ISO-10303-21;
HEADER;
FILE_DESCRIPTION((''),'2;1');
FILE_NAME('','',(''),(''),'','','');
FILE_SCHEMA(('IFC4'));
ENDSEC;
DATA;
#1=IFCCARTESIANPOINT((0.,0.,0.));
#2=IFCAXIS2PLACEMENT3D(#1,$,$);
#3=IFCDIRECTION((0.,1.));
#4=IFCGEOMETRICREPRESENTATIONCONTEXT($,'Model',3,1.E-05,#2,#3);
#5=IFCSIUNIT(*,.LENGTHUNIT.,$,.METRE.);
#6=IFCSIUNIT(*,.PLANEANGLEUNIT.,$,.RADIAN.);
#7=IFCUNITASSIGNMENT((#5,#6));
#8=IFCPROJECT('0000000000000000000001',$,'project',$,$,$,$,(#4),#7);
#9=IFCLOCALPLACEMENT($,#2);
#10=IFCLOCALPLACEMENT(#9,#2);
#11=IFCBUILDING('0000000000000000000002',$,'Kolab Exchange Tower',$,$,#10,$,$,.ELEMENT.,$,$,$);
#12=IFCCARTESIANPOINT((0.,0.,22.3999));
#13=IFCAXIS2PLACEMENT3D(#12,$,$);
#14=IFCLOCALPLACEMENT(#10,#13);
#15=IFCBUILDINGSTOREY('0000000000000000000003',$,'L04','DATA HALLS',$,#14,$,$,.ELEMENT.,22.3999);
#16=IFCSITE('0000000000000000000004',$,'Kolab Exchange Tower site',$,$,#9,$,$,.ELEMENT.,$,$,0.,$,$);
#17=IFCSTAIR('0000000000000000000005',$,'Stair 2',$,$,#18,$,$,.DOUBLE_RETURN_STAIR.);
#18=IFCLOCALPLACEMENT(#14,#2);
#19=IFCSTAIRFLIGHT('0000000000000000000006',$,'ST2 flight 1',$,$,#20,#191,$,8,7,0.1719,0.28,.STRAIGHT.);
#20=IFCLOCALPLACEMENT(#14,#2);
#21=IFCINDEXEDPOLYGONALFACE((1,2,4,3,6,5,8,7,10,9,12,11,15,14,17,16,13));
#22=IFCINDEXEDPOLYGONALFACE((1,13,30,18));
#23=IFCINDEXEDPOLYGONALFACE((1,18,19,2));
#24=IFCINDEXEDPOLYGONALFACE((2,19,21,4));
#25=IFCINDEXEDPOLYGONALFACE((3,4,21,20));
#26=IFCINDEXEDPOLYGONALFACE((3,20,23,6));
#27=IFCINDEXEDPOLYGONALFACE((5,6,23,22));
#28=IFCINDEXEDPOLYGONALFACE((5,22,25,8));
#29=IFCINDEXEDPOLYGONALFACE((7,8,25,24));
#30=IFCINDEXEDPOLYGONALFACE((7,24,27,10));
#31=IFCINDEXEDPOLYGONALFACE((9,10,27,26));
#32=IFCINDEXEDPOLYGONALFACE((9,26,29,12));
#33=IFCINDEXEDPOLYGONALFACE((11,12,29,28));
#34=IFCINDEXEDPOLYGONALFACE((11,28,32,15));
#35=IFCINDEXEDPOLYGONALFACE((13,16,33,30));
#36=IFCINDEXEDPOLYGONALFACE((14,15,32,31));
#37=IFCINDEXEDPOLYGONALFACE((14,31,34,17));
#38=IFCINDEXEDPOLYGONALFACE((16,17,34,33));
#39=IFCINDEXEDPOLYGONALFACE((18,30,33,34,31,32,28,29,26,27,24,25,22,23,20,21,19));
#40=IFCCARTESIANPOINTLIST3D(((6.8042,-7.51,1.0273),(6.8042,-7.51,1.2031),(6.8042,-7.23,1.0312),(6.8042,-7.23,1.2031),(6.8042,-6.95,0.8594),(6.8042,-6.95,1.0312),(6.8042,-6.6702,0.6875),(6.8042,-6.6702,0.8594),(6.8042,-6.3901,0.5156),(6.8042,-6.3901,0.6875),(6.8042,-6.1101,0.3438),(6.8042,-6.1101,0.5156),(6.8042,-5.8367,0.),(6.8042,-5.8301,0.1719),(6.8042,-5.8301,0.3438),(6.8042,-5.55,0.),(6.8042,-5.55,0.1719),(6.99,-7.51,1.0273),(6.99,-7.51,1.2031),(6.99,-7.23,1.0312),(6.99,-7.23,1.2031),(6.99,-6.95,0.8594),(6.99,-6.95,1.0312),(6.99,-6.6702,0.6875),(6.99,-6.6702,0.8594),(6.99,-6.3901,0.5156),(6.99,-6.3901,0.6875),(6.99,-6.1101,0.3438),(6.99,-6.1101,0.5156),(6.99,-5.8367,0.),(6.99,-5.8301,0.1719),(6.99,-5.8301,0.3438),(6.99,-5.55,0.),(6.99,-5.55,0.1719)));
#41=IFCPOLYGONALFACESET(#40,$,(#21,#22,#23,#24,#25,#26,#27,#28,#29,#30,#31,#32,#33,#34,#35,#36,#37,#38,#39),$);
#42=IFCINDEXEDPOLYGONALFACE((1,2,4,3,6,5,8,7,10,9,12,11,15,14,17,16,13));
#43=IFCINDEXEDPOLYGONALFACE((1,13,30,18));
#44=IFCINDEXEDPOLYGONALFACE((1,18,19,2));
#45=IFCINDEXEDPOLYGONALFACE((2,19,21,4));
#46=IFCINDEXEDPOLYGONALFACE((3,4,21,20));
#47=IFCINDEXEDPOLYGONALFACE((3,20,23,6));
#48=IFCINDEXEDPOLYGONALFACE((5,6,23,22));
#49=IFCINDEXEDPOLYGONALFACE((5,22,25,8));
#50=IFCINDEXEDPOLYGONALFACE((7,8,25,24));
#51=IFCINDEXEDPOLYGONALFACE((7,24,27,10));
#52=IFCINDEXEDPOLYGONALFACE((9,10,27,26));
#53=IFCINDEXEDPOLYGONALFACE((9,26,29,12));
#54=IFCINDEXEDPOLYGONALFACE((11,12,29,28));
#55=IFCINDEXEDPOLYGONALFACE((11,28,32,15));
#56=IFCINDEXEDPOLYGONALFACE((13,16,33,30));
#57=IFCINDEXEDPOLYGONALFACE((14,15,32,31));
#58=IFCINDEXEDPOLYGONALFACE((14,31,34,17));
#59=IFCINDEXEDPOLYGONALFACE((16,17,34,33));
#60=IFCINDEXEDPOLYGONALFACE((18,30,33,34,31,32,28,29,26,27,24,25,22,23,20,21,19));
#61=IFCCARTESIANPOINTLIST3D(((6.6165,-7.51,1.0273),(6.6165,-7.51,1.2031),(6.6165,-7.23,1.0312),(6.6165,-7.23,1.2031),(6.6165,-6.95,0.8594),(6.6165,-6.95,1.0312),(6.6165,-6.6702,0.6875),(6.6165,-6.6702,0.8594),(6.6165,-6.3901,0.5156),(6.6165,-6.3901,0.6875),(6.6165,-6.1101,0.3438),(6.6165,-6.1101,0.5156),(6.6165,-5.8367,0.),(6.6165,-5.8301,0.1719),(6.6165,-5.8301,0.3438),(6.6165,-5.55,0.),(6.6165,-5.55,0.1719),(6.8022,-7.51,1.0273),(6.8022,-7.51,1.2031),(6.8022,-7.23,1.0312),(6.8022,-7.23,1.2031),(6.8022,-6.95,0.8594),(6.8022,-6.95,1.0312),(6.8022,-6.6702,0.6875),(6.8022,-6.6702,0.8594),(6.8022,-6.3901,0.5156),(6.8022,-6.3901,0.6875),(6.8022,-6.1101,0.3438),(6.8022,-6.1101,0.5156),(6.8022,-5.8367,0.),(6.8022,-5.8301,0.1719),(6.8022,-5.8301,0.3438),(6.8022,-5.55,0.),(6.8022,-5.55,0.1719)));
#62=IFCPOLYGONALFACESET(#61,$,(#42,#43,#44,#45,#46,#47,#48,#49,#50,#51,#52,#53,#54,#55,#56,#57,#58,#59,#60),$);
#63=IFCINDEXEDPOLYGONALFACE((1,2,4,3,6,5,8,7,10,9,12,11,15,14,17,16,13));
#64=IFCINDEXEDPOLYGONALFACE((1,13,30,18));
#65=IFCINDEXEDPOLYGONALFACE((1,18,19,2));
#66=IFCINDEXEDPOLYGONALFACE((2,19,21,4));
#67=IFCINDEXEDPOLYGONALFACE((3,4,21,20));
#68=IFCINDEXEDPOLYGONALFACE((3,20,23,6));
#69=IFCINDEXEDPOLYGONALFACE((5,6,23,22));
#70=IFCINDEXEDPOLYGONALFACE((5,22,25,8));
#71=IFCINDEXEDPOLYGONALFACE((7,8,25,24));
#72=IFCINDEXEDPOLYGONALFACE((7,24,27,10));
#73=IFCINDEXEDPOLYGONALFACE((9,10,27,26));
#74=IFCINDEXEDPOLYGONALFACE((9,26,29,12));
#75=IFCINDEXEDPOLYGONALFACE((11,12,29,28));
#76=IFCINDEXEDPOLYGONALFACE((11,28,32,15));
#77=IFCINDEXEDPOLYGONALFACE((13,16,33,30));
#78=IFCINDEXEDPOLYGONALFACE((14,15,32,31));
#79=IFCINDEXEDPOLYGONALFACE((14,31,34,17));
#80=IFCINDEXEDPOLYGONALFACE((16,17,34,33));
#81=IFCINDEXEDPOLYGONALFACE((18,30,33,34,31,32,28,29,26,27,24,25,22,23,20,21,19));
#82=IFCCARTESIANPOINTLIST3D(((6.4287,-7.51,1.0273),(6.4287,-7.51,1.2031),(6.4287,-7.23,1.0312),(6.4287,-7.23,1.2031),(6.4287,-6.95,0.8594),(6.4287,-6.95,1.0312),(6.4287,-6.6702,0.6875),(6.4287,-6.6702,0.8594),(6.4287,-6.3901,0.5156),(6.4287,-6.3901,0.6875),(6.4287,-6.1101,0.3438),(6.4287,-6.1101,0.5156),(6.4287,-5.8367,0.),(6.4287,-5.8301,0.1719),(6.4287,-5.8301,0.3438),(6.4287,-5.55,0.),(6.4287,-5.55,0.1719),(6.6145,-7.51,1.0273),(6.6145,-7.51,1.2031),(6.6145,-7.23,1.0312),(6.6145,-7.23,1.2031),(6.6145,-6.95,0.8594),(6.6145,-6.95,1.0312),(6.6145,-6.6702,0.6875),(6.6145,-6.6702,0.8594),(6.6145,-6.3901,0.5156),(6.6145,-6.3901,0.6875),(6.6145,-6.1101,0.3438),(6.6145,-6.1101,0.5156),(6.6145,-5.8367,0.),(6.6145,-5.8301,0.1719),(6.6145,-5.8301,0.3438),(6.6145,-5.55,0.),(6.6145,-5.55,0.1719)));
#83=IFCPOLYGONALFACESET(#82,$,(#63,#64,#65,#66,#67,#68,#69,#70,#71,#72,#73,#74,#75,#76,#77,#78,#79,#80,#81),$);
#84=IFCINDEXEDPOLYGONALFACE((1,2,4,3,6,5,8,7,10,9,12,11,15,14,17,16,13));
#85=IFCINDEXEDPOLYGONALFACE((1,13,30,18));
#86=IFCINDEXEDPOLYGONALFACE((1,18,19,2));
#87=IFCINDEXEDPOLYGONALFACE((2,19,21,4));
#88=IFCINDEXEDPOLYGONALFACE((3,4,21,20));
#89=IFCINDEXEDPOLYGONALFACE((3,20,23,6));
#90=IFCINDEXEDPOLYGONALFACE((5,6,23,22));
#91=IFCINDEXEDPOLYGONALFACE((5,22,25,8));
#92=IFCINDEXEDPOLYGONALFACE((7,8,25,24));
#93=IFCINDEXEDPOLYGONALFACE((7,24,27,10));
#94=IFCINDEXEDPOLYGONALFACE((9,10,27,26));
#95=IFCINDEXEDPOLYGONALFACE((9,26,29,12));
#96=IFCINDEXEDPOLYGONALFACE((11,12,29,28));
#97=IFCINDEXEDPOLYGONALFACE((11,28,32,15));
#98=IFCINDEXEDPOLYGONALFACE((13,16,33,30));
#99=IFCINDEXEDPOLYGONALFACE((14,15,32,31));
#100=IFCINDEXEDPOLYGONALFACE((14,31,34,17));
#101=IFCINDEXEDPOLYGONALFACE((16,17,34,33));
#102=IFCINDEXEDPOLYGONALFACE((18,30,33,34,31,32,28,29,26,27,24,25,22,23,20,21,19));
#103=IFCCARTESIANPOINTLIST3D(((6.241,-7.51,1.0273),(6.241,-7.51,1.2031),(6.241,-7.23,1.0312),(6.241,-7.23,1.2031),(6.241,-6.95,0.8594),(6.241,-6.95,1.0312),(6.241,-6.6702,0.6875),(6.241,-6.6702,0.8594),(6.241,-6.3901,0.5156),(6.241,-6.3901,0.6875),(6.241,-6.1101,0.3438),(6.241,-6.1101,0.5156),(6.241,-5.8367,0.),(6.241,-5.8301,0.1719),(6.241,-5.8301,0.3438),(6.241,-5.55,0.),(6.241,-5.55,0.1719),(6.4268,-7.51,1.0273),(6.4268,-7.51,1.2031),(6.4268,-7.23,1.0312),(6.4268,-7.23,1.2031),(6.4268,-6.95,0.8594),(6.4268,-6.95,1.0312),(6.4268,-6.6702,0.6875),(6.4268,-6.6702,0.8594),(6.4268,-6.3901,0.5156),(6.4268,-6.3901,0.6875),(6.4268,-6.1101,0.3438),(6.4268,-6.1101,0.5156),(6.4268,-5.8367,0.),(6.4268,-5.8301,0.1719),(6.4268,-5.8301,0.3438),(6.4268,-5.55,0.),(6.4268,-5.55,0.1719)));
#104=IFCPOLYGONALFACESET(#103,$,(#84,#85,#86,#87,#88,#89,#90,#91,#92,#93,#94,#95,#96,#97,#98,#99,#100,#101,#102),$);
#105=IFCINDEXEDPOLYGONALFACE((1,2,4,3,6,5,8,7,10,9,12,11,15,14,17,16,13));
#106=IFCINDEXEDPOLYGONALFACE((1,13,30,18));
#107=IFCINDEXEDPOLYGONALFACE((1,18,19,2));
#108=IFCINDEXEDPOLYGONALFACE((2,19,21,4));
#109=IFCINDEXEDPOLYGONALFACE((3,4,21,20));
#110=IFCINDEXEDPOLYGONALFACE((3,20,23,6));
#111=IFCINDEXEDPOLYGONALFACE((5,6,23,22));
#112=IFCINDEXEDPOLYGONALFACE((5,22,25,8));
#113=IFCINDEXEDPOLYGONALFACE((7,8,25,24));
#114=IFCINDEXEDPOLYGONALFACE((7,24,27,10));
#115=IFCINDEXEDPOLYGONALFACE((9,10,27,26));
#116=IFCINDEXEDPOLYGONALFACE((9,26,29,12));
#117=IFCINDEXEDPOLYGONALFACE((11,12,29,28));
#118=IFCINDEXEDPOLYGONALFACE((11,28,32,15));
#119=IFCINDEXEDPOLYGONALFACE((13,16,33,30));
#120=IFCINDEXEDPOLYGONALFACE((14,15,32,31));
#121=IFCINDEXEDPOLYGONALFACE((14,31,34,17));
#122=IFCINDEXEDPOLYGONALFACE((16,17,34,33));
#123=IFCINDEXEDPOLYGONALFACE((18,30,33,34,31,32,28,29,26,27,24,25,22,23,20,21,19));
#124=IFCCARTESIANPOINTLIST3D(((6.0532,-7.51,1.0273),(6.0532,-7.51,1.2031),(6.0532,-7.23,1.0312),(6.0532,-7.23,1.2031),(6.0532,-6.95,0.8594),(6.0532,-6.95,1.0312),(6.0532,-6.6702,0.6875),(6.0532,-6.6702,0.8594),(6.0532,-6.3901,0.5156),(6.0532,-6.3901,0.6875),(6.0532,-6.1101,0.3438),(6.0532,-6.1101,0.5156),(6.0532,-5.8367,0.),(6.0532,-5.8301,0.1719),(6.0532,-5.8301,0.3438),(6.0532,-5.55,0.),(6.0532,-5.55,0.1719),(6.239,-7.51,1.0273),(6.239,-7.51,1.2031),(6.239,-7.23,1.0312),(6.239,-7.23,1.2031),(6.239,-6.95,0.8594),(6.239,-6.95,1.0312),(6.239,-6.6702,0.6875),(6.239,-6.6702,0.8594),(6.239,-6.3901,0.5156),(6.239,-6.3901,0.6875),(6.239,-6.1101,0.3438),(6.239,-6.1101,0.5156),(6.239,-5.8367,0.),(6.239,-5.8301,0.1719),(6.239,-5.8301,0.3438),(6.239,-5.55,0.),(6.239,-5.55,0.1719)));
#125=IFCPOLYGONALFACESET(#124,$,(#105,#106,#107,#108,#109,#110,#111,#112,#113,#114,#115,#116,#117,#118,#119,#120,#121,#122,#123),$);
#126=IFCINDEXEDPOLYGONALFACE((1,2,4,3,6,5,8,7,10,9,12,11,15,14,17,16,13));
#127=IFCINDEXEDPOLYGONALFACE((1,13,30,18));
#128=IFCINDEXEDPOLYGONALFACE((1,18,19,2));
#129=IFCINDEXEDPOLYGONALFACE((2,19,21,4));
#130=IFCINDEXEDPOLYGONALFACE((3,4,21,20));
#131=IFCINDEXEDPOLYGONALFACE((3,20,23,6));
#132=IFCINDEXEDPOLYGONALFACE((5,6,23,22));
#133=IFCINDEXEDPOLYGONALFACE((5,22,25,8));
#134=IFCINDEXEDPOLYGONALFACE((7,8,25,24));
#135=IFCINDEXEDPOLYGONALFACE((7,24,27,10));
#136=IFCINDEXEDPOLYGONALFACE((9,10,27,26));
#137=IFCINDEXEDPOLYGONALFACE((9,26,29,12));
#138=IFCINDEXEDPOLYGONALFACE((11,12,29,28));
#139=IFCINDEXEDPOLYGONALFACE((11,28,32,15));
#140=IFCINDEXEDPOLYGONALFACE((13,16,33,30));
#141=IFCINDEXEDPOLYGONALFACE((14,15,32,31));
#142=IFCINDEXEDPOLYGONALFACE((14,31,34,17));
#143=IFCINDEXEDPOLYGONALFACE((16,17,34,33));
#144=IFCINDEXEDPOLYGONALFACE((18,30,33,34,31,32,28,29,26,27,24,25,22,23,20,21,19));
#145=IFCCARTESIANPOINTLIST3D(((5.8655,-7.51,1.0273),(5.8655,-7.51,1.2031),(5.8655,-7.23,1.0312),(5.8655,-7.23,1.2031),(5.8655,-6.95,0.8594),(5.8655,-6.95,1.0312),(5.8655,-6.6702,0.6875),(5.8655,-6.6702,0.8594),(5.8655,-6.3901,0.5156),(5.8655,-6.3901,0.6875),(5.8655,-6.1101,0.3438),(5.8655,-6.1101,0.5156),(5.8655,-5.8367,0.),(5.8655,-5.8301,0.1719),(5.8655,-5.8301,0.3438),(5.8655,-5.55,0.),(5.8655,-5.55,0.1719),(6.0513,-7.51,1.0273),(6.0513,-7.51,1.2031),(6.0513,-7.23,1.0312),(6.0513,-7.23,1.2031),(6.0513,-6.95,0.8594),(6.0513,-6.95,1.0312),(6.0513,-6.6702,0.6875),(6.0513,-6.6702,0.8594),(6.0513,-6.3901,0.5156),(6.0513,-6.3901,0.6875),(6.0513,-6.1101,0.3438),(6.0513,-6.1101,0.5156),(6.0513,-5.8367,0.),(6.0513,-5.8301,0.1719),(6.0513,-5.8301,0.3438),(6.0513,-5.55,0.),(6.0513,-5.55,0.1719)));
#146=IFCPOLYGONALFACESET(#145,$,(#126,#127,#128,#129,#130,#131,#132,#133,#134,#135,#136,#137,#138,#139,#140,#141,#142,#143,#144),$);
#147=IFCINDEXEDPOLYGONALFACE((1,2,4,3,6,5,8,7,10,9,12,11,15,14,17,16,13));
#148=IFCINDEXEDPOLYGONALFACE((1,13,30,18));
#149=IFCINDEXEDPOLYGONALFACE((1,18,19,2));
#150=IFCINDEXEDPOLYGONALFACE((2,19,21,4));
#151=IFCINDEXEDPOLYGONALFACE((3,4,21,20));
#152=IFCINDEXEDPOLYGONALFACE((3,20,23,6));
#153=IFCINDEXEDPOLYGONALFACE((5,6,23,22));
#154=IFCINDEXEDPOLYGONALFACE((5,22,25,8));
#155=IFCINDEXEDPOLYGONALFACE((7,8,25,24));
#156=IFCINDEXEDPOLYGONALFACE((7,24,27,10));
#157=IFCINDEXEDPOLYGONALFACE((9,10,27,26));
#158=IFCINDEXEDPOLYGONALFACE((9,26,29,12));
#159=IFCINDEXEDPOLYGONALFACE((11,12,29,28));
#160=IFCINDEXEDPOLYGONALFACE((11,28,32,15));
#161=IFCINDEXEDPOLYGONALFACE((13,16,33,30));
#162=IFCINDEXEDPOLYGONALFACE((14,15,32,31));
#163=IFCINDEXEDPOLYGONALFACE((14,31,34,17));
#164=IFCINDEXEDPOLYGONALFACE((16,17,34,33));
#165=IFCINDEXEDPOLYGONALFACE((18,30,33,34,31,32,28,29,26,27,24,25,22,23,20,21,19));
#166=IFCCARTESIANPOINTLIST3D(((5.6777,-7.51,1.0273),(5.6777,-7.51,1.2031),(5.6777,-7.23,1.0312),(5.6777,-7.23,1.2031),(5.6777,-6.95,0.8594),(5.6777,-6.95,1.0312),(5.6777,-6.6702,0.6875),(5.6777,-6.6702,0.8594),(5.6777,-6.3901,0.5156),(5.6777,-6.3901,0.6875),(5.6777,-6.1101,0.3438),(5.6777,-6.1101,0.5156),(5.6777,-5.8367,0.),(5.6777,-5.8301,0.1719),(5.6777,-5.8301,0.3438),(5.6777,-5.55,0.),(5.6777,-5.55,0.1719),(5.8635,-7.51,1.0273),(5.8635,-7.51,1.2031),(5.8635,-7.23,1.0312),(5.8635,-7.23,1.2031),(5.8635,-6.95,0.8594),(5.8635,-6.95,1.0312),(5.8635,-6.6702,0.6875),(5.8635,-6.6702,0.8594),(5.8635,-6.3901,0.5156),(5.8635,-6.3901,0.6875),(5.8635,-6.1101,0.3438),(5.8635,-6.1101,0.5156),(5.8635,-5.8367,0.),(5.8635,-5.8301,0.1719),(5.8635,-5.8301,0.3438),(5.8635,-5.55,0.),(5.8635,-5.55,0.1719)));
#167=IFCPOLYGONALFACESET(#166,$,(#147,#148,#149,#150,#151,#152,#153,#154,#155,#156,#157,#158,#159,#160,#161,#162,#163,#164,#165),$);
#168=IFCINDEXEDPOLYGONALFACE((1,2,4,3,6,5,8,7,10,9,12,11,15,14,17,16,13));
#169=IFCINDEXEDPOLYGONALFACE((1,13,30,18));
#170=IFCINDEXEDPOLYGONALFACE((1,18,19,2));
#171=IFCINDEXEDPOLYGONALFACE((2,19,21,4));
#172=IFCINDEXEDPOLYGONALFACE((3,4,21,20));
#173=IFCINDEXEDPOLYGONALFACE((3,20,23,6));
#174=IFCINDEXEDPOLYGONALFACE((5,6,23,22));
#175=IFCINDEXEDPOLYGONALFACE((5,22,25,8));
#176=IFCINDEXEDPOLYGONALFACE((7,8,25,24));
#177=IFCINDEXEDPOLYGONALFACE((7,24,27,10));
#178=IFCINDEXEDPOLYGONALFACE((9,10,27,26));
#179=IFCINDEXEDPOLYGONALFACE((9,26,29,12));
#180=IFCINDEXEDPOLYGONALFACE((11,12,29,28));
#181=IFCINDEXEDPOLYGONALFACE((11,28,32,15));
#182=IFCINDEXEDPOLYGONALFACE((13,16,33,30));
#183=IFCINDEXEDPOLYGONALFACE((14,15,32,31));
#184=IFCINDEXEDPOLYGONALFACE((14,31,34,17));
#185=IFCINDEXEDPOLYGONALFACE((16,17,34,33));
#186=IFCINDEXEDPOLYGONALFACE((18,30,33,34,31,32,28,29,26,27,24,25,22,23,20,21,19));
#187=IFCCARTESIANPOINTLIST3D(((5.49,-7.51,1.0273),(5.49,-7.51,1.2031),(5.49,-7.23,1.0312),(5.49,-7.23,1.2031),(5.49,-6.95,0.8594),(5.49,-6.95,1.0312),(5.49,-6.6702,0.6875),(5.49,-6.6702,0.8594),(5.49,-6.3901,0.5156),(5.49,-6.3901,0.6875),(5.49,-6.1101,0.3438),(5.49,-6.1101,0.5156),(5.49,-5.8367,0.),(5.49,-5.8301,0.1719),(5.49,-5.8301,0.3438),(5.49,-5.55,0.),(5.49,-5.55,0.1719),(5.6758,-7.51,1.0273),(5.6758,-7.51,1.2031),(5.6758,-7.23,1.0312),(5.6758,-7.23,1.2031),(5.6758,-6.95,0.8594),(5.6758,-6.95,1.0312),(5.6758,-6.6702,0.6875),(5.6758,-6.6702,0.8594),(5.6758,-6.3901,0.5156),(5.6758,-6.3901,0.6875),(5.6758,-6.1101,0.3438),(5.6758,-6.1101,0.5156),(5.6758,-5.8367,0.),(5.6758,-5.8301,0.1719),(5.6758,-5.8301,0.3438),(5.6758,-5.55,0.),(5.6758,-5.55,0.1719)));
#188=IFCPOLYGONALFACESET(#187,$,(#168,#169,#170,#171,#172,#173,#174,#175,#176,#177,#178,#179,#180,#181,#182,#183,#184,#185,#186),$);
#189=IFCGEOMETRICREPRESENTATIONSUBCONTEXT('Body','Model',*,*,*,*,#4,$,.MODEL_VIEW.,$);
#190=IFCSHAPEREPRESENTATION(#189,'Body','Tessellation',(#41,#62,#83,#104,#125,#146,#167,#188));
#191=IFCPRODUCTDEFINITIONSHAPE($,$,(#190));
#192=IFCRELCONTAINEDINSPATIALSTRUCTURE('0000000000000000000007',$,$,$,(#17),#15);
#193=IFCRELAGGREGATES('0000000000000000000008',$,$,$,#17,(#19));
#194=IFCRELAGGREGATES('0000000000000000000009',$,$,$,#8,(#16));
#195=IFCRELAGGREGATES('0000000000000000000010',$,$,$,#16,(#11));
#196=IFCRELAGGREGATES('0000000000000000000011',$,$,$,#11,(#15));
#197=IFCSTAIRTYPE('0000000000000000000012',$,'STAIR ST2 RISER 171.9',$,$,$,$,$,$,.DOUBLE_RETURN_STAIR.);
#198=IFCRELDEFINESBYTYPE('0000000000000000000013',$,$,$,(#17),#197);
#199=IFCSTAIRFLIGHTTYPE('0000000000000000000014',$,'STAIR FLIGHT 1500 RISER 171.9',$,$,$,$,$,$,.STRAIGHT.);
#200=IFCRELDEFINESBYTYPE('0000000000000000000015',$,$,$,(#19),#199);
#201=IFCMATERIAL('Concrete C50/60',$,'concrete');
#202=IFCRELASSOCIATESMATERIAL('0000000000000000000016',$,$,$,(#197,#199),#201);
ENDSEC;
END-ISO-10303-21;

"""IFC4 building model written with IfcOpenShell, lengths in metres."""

from ifc_helpers import new_model, si_unit, direction, frame, origin, place, context, subcontext, project, spatial, polyline, outline, extrude, material, type_object, element, aggregate, save


model = new_model("IFC4")

# Units and contexts
model_context = context("Model", 3, precision=1e-05, world=origin(), true_north=direction((0.0, 1.0)))
body_context = subcontext(model_context, "Body", "Model", "MODEL_VIEW")
ifc_project = project(units=[si_unit("LENGTHUNIT", "METRE"), si_unit("PLANEANGLEUNIT", "RADIAN")], contexts=[model_context])

# Site, building, storey
site_placement = place(None, origin())
site = spatial("IfcSite", under=ifc_project, at=site_placement, Name="Kolab Exchange Tower site", CompositionType="ELEMENT", RefElevation=0.0)
building_placement = place(site_placement, origin())
building = spatial("IfcBuilding", under=site, at=building_placement, Name="Kolab Exchange Tower", CompositionType="ELEMENT")
storey_placement = place(building_placement, frame((0.0, 0.0, 22.3999)))
storey = spatial("IfcBuildingStorey", under=building, at=storey_placement, Name="L04", Description="DATA HALLS", CompositionType="ELEMENT", Elevation=22.3999)

# Shared definitions
ifc_material_1 = material(Name="Concrete C50/60", Category="concrete")

# Stair, stair flight
stair_type_1 = type_object("IfcStairType", Name="STAIR ST2 RISER 171.9", PredefinedType="DOUBLE_RETURN_STAIR", material=ifc_material_1)
stair_1_placement = place(storey_placement, origin())
stair_1 = element("IfcStair", 1, at=stair_1_placement, inside=storey, type_object=stair_type_1, Name="Stair 2", PredefinedType="DOUBLE_RETURN_STAIR")
stair_flight_type = type_object("IfcStairFlightType", Name="STAIR FLIGHT 1500 RISER 171.9", PredefinedType="STRAIGHT", material=ifc_material_1)
stair_flight_1_placement = place(storey_placement, frame((6.24, -5.55, 0.0), z_axis=(0.0, 0.0, 1.0), x_axis=(0.0, -1.0, 0.0)))
stair_flight_1 = element("IfcStairFlight", 2, at=stair_flight_1_placement, type_object=stair_flight_type, Name="ST2 flight 1", NumberOfRisers=8, NumberOfTreads=7, PredefinedType="STRAIGHT", RiserHeight=0.1719, TreadLength=0.28, context=body_context, shape_type="SweptSolid", body=[
    extrude(outline(polyline([(0.0, 0.0), (0.0, 0.1719), (0.28, 0.1719), (0.28, 0.3438), (0.5601, 0.3438), (0.5601, 0.5156), (0.8401, 0.5156), (0.8401, 0.6875), (1.1201, 0.6875), (1.1201, 0.8594), (1.3999, 0.8594), (1.3999, 1.0312), (1.6799, 1.0312), (1.6799, 1.2031), (1.96, 1.2031), (1.96, 1.375), (1.96, 1.0273), (0.2866, 0.0), (0.0, 0.0)])), frame((0.0, 0.75, 0.0), z_axis=(0.0, -1.0, 0.0), x_axis=(1.0, 0.0, 0.0)), (0.0, 0.0, 1.0), 0.1858),
    extrude(outline(polyline([(0.0, 0.0), (0.0, 0.1719), (0.28, 0.1719), (0.28, 0.3438), (0.5601, 0.3438), (0.5601, 0.5156), (0.8401, 0.5156), (0.8401, 0.6875), (1.1201, 0.6875), (1.1201, 0.8594), (1.3999, 0.8594), (1.3999, 1.0312), (1.6799, 1.0312), (1.6799, 1.2031), (1.96, 1.2031), (1.96, 1.375), (1.96, 1.0273), (0.2866, 0.0), (0.0, 0.0)])), frame((0.0, 0.5623, 0.0), z_axis=(0.0, -1.0, 0.0), x_axis=(1.0, 0.0, 0.0)), (0.0, 0.0, 1.0), 0.1858),
    extrude(outline(polyline([(0.0, 0.0), (0.0, 0.1719), (0.28, 0.1719), (0.28, 0.3438), (0.5601, 0.3438), (0.5601, 0.5156), (0.8401, 0.5156), (0.8401, 0.6875), (1.1201, 0.6875), (1.1201, 0.8594), (1.3999, 0.8594), (1.3999, 1.0312), (1.6799, 1.0312), (1.6799, 1.2031), (1.96, 1.2031), (1.96, 1.375), (1.96, 1.0273), (0.2866, 0.0), (0.0, 0.0)])), frame((0.0, 0.3745, 0.0), z_axis=(0.0, -1.0, 0.0), x_axis=(1.0, 0.0, 0.0)), (0.0, 0.0, 1.0), 0.1858),
    extrude(outline(polyline([(0.0, 0.0), (0.0, 0.1719), (0.28, 0.1719), (0.28, 0.3438), (0.5601, 0.3438), (0.5601, 0.5156), (0.8401, 0.5156), (0.8401, 0.6875), (1.1201, 0.6875), (1.1201, 0.8594), (1.3999, 0.8594), (1.3999, 1.0312), (1.6799, 1.0312), (1.6799, 1.2031), (1.96, 1.2031), (1.96, 1.375), (1.96, 1.0273), (0.2866, 0.0), (0.0, 0.0)])), frame((0.0, 0.1868, 0.0), z_axis=(0.0, -1.0, 0.0), x_axis=(1.0, 0.0, 0.0)), (0.0, 0.0, 1.0), 0.1858),
    extrude(outline(polyline([(0.0, 0.0), (0.0, 0.1719), (0.28, 0.1719), (0.28, 0.3438), (0.5601, 0.3438), (0.5601, 0.5156), (0.8401, 0.5156), (0.8401, 0.6875), (1.1201, 0.6875), (1.1201, 0.8594), (1.3999, 0.8594), (1.3999, 1.0312), (1.6799, 1.0312), (1.6799, 1.2031), (1.96, 1.2031), (1.96, 1.375), (1.96, 1.0273), (0.2866, 0.0), (0.0, 0.0)])), frame((0.0, -0.001, 0.0), z_axis=(0.0, -1.0, 0.0), x_axis=(1.0, 0.0, 0.0)), (0.0, 0.0, 1.0), 0.1858),
    extrude(outline(polyline([(0.0, 0.0), (0.0, 0.1719), (0.28, 0.1719), (0.28, 0.3438), (0.5601, 0.3438), (0.5601, 0.5156), (0.8401, 0.5156), (0.8401, 0.6875), (1.1201, 0.6875), (1.1201, 0.8594), (1.3999, 0.8594), (1.3999, 1.0312), (1.6799, 1.0312), (1.6799, 1.2031), (1.96, 1.2031), (1.96, 1.375), (1.96, 1.0273), (0.2866, 0.0), (0.0, 0.0)])), frame((0.0, -0.1887, 0.0), z_axis=(0.0, -1.0, 0.0), x_axis=(1.0, 0.0, 0.0)), (0.0, 0.0, 1.0), 0.1858),
    extrude(outline(polyline([(0.0, 0.0), (0.0, 0.1719), (0.28, 0.1719), (0.28, 0.3438), (0.5601, 0.3438), (0.5601, 0.5156), (0.8401, 0.5156), (0.8401, 0.6875), (1.1201, 0.6875), (1.1201, 0.8594), (1.3999, 0.8594), (1.3999, 1.0312), (1.6799, 1.0312), (1.6799, 1.2031), (1.96, 1.2031), (1.96, 1.375), (1.96, 1.0273), (0.2866, 0.0), (0.0, 0.0)])), frame((0.0, -0.3765, 0.0), z_axis=(0.0, -1.0, 0.0), x_axis=(1.0, 0.0, 0.0)), (0.0, 0.0, 1.0), 0.1858),
    extrude(outline(polyline([(0.0, 0.0), (0.0, 0.1719), (0.28, 0.1719), (0.28, 0.3438), (0.5601, 0.3438), (0.5601, 0.5156), (0.8401, 0.5156), (0.8401, 0.6875), (1.1201, 0.6875), (1.1201, 0.8594), (1.3999, 0.8594), (1.3999, 1.0312), (1.6799, 1.0312), (1.6799, 1.2031), (1.96, 1.2031), (1.96, 1.375), (1.96, 1.0273), (0.2866, 0.0), (0.0, 0.0)])), frame((0.0, -0.5642, 0.0), z_axis=(0.0, -1.0, 0.0), x_axis=(1.0, 0.0, 0.0)), (0.0, 0.0, 1.0), 0.1858),
])
aggregate(stair_1, [stair_flight_1])

save(model, "model.ifc")
